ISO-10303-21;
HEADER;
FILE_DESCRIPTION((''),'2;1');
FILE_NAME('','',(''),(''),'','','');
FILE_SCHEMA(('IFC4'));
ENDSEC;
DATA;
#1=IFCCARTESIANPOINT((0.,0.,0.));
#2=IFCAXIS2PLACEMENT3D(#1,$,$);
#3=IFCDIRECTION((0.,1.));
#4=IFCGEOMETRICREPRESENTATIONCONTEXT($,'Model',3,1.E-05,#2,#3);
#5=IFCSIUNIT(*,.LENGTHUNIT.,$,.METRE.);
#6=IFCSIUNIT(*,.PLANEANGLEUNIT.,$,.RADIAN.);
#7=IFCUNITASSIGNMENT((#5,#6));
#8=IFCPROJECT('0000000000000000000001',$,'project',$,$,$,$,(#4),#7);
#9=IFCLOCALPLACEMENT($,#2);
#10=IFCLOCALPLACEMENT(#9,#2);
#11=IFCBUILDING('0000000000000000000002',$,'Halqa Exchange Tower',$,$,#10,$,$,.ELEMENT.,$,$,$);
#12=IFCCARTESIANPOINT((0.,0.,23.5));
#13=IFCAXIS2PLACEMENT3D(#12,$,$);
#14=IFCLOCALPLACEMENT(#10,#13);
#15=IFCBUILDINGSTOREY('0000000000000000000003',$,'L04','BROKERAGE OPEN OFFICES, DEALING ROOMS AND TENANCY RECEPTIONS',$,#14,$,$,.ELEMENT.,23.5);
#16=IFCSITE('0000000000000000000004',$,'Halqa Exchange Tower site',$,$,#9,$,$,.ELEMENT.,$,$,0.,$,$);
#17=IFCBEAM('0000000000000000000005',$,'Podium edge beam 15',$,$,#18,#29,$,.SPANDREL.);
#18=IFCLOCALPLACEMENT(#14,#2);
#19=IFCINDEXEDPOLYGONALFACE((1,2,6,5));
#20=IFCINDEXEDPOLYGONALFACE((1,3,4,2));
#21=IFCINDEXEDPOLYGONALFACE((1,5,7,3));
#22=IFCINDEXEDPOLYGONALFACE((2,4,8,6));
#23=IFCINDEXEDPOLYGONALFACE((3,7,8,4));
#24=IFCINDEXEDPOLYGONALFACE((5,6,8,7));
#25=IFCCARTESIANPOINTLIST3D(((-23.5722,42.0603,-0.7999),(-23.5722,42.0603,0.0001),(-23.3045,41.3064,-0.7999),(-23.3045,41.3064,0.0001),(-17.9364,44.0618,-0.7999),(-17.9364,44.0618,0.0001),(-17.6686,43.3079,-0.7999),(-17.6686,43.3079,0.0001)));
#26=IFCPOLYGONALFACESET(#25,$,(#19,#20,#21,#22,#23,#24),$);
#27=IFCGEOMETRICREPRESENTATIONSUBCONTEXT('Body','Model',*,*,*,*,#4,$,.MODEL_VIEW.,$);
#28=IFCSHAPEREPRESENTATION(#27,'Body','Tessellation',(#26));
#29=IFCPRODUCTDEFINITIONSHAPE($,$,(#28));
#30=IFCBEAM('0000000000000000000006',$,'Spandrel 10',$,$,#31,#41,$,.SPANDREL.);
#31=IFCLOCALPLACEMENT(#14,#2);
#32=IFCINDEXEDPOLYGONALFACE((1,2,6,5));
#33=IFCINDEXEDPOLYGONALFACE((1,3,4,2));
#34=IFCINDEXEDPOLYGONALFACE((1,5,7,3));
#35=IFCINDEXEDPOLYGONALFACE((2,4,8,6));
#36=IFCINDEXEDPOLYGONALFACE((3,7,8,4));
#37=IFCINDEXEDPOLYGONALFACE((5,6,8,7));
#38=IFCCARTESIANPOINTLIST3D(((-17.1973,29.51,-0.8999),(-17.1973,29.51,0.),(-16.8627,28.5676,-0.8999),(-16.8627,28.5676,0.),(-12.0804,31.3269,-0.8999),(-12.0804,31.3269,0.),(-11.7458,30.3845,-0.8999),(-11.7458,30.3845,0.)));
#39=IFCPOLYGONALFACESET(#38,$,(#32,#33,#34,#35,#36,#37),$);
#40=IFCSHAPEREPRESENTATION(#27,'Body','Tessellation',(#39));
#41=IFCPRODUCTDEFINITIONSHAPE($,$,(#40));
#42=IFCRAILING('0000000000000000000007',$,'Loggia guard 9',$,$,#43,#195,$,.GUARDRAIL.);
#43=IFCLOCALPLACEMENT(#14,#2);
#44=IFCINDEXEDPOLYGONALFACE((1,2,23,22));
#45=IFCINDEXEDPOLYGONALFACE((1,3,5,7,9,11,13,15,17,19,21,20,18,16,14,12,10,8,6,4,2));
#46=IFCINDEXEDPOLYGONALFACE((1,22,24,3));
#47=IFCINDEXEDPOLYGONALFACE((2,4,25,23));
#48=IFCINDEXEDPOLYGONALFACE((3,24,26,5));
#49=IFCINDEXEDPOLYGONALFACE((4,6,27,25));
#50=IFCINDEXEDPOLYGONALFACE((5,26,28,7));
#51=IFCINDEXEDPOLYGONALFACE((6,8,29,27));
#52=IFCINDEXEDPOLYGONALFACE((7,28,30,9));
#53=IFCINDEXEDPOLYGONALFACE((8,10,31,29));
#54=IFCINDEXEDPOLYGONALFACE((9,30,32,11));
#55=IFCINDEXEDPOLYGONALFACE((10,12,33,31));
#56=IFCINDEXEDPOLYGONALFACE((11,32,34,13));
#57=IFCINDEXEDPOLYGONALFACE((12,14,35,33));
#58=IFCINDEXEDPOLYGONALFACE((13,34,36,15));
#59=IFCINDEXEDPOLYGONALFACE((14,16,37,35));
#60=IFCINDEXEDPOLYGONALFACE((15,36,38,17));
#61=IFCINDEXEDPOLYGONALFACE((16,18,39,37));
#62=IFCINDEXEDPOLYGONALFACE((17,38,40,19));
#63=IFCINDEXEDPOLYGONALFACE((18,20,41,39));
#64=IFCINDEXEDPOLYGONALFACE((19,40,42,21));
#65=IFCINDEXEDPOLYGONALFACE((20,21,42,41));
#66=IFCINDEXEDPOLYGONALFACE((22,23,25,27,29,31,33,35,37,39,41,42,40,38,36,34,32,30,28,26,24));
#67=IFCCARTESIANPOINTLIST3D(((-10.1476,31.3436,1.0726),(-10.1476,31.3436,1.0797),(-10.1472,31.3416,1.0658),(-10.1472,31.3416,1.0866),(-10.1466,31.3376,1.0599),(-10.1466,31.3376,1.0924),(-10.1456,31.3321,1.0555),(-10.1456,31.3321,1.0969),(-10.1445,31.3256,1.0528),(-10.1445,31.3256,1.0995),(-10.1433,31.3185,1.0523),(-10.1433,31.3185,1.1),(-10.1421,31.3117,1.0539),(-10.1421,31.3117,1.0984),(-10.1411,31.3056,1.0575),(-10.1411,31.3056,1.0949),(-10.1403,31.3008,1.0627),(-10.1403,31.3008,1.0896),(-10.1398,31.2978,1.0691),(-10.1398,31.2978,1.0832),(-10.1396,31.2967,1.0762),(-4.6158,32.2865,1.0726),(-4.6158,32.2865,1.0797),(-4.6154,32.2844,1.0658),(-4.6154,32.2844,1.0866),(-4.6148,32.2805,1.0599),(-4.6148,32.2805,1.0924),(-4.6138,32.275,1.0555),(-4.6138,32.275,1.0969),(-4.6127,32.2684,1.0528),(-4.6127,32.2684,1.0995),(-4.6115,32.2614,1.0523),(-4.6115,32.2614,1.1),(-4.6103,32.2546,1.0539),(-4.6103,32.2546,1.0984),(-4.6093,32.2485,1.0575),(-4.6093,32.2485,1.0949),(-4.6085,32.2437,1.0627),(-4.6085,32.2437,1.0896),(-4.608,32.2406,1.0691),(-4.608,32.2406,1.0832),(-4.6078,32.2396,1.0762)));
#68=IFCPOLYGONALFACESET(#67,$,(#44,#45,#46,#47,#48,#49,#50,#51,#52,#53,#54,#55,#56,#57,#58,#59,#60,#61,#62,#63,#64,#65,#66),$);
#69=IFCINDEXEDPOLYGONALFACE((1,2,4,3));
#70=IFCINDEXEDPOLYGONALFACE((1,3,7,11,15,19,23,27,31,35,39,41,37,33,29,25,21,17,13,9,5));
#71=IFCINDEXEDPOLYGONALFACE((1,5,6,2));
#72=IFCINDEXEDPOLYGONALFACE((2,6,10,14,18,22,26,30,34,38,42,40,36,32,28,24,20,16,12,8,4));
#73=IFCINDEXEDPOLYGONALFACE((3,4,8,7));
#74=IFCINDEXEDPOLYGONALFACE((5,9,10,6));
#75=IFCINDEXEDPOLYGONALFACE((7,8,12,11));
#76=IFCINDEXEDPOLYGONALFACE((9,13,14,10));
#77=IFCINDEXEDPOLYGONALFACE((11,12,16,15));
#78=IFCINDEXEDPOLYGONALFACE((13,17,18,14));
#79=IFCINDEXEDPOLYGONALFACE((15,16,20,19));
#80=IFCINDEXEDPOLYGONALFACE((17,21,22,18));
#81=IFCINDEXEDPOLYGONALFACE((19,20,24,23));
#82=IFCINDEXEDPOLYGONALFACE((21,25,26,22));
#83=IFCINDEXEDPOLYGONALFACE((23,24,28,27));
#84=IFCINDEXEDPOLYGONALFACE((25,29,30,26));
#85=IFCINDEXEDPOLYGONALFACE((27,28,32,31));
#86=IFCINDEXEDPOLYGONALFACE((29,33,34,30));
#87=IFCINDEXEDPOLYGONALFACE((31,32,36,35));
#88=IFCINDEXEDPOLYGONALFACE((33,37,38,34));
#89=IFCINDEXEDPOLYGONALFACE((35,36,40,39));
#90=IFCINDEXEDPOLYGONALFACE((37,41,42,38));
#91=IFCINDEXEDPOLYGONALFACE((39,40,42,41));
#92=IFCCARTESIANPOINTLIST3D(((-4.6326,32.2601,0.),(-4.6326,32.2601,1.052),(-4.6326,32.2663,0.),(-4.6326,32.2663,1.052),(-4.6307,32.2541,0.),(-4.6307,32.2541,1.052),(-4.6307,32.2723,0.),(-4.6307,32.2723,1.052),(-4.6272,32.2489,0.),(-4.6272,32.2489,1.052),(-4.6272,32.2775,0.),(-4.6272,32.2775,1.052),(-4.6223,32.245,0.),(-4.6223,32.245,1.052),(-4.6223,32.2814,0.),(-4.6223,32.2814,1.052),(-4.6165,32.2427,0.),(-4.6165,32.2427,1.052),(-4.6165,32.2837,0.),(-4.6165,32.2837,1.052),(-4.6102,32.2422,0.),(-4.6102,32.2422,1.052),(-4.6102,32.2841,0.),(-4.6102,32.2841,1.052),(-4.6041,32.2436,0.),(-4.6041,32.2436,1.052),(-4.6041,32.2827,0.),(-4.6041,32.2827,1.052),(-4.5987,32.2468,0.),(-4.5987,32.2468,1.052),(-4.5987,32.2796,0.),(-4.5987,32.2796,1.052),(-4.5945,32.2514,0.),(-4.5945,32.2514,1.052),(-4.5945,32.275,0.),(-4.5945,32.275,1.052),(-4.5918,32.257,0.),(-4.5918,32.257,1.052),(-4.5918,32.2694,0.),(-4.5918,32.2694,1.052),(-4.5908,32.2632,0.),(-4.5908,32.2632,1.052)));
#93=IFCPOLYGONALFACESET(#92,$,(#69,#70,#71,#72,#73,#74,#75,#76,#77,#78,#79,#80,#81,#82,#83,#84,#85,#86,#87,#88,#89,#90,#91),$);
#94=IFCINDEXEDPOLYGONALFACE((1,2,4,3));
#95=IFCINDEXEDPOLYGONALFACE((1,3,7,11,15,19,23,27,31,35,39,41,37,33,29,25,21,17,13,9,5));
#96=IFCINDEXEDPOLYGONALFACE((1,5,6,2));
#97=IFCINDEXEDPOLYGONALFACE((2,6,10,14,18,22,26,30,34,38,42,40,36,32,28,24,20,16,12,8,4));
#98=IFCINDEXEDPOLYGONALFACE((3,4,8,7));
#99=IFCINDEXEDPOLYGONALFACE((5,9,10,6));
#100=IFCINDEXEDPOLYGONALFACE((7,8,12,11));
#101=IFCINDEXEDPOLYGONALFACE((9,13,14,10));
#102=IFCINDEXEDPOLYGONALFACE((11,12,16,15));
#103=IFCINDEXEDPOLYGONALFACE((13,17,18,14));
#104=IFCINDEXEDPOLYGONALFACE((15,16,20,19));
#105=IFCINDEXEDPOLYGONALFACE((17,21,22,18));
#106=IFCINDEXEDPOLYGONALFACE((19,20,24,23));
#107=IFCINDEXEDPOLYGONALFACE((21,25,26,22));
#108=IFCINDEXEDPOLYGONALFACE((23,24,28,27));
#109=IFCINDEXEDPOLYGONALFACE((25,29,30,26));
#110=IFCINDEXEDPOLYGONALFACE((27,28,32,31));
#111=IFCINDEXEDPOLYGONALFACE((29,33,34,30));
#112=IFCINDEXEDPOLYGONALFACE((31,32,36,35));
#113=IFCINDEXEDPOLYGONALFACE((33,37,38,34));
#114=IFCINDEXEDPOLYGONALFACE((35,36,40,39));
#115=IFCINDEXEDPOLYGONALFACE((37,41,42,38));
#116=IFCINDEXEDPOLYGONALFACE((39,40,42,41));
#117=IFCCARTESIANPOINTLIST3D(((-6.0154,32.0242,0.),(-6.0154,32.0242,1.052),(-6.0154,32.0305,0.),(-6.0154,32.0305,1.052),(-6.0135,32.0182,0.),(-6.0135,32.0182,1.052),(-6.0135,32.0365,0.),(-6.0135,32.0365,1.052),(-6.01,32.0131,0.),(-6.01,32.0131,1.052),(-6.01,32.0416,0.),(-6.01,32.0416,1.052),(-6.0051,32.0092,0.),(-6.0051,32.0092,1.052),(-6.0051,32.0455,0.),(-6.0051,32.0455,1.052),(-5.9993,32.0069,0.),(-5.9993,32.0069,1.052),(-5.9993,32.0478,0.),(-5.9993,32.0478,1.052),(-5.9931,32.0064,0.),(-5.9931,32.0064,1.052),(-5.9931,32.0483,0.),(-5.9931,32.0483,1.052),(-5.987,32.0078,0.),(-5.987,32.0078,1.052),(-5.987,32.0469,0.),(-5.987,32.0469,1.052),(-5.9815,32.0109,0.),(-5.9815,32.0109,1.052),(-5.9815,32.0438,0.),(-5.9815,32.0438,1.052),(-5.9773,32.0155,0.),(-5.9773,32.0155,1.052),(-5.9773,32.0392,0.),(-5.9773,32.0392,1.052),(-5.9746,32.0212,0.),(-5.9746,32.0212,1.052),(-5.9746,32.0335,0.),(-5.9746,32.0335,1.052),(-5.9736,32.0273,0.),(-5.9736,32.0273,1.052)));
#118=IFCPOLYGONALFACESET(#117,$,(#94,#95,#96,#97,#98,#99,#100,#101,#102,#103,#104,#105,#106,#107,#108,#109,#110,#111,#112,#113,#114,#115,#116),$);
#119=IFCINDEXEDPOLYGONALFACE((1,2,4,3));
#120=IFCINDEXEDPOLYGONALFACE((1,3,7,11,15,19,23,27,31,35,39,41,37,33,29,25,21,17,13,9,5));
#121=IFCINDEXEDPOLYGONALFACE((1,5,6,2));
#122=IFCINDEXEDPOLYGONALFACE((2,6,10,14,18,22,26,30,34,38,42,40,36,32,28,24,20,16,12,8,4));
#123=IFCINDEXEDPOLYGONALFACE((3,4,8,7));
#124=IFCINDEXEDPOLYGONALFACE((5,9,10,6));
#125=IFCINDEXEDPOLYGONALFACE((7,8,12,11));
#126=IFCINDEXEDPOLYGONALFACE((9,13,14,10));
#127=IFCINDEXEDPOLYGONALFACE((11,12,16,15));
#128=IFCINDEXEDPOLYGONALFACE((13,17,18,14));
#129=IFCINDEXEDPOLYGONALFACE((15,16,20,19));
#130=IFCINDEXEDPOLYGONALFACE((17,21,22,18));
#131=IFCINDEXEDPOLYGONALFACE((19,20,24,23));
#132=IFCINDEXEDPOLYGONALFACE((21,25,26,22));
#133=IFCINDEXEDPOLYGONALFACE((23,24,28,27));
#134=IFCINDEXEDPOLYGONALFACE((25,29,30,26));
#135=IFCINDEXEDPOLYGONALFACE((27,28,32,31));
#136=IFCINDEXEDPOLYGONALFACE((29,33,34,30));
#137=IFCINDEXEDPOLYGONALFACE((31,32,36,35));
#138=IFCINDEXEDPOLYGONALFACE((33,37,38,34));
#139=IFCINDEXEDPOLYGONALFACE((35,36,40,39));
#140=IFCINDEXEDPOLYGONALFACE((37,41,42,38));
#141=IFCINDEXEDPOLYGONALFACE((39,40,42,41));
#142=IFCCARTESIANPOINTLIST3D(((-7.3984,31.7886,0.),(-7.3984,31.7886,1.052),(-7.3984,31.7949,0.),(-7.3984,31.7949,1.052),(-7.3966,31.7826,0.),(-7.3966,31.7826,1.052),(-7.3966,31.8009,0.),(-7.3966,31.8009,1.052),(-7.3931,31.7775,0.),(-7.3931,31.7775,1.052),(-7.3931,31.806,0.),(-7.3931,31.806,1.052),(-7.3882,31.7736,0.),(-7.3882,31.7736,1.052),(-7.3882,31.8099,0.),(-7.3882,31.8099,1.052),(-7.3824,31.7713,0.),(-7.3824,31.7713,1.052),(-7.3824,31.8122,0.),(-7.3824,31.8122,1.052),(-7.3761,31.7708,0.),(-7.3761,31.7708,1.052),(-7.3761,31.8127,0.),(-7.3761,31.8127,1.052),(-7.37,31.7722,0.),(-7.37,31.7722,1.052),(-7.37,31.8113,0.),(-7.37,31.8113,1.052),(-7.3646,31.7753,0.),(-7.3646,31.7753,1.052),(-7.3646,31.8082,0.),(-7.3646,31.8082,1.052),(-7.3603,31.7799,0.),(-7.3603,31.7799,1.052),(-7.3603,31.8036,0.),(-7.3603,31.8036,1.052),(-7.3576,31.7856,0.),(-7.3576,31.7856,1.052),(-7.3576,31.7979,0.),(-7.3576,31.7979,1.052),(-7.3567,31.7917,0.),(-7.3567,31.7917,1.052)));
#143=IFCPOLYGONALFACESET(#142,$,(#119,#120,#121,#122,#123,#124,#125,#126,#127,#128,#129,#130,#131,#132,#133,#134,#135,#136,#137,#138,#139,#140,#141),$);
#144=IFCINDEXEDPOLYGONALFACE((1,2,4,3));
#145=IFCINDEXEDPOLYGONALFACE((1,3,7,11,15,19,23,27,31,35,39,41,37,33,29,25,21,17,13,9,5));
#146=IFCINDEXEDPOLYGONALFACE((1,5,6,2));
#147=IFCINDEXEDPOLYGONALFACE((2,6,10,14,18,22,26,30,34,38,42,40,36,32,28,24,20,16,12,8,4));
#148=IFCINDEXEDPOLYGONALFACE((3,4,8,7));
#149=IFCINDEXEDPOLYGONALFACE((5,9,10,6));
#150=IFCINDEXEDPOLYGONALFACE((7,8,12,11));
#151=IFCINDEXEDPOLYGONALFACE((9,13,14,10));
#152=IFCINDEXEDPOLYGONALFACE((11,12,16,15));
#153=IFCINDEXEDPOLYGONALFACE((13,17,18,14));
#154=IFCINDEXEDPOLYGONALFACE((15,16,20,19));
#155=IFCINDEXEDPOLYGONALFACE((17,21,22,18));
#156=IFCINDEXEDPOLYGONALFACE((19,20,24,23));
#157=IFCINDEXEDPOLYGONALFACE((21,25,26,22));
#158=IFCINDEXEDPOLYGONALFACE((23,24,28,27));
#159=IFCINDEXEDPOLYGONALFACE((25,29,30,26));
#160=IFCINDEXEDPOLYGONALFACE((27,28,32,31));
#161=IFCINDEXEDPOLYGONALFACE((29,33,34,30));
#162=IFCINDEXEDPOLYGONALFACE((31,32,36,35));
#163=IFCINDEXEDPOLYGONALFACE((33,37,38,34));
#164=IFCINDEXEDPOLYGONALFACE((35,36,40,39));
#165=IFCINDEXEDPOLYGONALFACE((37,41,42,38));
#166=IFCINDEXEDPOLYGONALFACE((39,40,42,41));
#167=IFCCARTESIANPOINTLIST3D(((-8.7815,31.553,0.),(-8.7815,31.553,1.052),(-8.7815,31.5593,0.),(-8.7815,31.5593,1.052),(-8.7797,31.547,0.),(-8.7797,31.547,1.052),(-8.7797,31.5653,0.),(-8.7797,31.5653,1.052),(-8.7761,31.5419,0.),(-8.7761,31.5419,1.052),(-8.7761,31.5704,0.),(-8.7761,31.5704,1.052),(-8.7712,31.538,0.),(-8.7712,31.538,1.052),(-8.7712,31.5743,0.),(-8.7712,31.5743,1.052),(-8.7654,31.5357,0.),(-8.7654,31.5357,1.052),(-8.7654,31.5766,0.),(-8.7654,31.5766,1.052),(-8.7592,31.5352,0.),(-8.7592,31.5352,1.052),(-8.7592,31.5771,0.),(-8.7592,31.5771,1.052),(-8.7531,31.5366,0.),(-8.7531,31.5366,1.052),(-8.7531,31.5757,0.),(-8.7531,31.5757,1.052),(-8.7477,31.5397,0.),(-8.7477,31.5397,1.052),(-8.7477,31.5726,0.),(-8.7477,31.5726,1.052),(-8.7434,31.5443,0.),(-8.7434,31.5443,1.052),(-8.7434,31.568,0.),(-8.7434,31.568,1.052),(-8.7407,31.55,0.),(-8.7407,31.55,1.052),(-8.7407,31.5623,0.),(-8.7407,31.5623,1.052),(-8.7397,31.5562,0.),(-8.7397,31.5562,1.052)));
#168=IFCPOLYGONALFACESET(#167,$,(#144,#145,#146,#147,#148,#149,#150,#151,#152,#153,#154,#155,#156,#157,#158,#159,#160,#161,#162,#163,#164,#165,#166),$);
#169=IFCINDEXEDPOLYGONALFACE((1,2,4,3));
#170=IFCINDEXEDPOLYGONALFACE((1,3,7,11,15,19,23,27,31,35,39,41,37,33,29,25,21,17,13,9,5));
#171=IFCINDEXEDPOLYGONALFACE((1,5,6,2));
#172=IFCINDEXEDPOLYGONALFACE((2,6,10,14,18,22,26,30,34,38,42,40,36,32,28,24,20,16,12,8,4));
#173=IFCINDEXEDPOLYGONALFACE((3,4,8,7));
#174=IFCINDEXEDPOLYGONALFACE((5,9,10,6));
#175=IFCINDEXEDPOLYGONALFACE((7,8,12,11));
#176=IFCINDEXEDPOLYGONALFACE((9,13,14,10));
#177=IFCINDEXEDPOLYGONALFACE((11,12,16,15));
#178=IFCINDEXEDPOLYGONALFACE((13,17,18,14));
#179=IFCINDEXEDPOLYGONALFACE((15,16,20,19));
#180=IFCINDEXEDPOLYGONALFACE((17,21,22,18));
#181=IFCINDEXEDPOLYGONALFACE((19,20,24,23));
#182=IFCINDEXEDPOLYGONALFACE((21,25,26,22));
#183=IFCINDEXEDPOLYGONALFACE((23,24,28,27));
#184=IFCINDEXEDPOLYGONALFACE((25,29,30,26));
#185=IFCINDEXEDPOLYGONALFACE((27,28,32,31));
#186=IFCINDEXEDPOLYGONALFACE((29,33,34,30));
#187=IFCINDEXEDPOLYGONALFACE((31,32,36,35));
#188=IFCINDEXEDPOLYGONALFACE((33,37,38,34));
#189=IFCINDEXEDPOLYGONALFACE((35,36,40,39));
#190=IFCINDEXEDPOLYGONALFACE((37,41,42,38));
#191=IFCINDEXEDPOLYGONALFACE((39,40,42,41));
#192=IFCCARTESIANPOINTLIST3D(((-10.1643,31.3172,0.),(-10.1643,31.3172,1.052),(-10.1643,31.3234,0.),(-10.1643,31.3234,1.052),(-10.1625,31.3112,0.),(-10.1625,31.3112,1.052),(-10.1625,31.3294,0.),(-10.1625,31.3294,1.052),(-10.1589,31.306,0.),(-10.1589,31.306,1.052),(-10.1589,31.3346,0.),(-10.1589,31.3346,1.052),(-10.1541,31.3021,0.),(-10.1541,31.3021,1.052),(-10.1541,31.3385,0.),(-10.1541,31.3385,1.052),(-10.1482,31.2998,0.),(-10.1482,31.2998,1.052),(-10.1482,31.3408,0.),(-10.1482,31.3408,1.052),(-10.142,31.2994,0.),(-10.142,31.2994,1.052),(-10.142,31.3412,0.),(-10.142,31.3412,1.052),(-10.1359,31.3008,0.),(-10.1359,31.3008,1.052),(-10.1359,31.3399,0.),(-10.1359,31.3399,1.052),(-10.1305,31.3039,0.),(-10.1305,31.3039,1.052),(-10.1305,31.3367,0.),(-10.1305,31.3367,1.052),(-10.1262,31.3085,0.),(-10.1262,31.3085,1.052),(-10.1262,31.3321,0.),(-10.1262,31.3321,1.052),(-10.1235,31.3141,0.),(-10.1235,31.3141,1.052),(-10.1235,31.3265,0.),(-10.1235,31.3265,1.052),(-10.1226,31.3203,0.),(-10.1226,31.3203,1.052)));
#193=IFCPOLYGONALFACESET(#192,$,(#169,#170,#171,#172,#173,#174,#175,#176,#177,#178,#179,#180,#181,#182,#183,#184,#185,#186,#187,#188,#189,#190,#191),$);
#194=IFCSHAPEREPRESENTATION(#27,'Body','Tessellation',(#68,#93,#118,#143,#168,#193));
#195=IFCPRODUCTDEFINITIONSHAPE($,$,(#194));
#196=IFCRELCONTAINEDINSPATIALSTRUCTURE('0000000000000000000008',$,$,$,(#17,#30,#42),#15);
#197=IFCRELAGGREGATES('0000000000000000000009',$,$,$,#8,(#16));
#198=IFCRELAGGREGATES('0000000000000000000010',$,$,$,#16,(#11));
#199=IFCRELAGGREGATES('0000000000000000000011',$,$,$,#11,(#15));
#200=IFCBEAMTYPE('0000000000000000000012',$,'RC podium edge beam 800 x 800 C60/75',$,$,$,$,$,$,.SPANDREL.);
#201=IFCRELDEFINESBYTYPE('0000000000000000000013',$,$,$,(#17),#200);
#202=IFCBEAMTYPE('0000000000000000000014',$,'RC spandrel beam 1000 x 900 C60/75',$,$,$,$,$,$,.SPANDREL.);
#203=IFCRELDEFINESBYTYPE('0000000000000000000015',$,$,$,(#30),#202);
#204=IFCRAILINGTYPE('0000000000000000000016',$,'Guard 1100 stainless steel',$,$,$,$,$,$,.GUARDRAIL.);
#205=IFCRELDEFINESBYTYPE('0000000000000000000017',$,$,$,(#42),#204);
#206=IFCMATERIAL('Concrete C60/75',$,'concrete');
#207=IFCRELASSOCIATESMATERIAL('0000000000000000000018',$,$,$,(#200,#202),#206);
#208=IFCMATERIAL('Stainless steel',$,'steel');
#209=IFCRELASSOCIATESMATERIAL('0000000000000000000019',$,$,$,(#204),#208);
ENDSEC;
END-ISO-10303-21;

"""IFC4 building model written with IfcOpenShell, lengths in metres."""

from ifc_helpers import new_model, si_unit, direction, frame, origin, origin_2d, place, context, subcontext, project, spatial, rectangle, circle, extrude, material, material_profile, profile_set, type_object, element, save


model = new_model("IFC4")

# Units and contexts
model_context = context("Model", 3, precision=1e-05, world=origin(), true_north=direction((0.0, 1.0)))
body_context = subcontext(model_context, "Body", "Model", "MODEL_VIEW")
ifc_project = project(units=[si_unit("LENGTHUNIT", "METRE"), si_unit("PLANEANGLEUNIT", "RADIAN")], contexts=[model_context])

# Site, building, storey
site_placement = place(None, origin())
site = spatial("IfcSite", under=ifc_project, at=site_placement, Name="Halqa Exchange Tower site", CompositionType="ELEMENT", RefElevation=0.0)
building_placement = place(site_placement, origin())
building = spatial("IfcBuilding", under=site, at=building_placement, Name="Halqa Exchange Tower", CompositionType="ELEMENT")
storey_placement = place(building_placement, frame((0.0, 0.0, 23.5)))
storey = spatial("IfcBuildingStorey", under=building, at=storey_placement, Name="L04", Description="BROKERAGE OPEN OFFICES, DEALING ROOMS AND TENANCY RECEPTIONS", CompositionType="ELEMENT", Elevation=23.5)

# Beams
ifc_material_1 = material(Name="Concrete C60/75", Category="concrete")
ifc_material_profile_1 = material_profile(ifc_material_1, rectangle(XDim=0.8, YDim=0.8, at=origin_2d()), Name="800 x 800")
ifc_profile_set_1 = profile_set([ifc_material_profile_1], Name="Concrete C60/75")
beam_type_1 = type_object("IfcBeamType", Name="RC podium edge beam 800 x 800 C60/75", PredefinedType="SPANDREL", material=ifc_profile_set_1)
beam_1_placement = place(storey_placement, frame((-17.8025, 43.6848, -0.3999), z_axis=(-0.942343, -0.334647, 0.0), x_axis=(0.334647, -0.942343, 0.0)))
element("IfcBeam", 1, at=beam_1_placement, inside=storey, type_object=beam_type_1, Name="Podium edge beam 15", PredefinedType="SPANDREL", context=body_context, shape_type="SweptSolid", body=[
    extrude(rectangle(XDim=0.8, YDim=0.8, at=origin_2d()), origin(), (0.0, 0.0, 1.0), 5.9807),
])
ifc_material_profile_2 = material_profile(ifc_material_1, rectangle(XDim=1.0, YDim=0.8999, at=origin_2d()), Name="1000 x 900")
ifc_profile_set_2 = profile_set([ifc_material_profile_2], Name="Concrete C60/75")
beam_type_2 = type_object("IfcBeamType", Name="RC spandrel beam 1000 x 900 C60/75", PredefinedType="SPANDREL", material=ifc_profile_set_2)
beam_2_placement = place(storey_placement, frame((-11.9131, 30.8557, -0.45), z_axis=(-0.942358, -0.334607, 0.0), x_axis=(0.334607, -0.942358, 0.0)))
element("IfcBeam", 2, at=beam_2_placement, inside=storey, type_object=beam_type_2, Name="Spandrel 10", PredefinedType="SPANDREL", context=body_context, shape_type="SweptSolid", body=[
    extrude(rectangle(XDim=1.0, YDim=0.8999, at=origin_2d()), origin(), (0.0, 0.0, 1.0), 5.4299),
])

# Railing
ifc_material_2 = material(Name="Stainless steel", Category="steel")
railing_type = type_object("IfcRailingType", Name="Guard 1100 stainless steel", PredefinedType="GUARDRAIL", material=ifc_material_2)
railing_1_placement = place(storey_placement, frame((-4.6118, 32.2632, 0.0)))
element("IfcRailing", 3, at=railing_1_placement, inside=storey, type_object=railing_type, Name="Loggia guard 9", PredefinedType="GUARDRAIL", context=body_context, shape_type="SweptSolid", body=[
    extrude(circle(Radius=0.0239, at=origin_2d()), frame((0.0, 0.0, 1.0762), z_axis=(-0.985783, -0.168024, 0.0), x_axis=(0.168024, -0.985783, 0.0)), (0.0, 0.0, 1.0), 5.6116),
    extrude(circle(Radius=0.021, at=origin_2d()), origin(), (0.0, 0.0, 1.0), 1.052),
    extrude(circle(Radius=0.021, at=origin_2d()), frame((-1.3828, -0.2358, 0.0)), (0.0, 0.0, 1.0), 1.052),
    extrude(circle(Radius=0.021, at=origin_2d()), frame((-2.7659, -0.4714, 0.0)), (0.0, 0.0, 1.0), 1.052),
    extrude(circle(Radius=0.021, at=origin_2d()), frame((-4.1489, -0.707, 0.0)), (0.0, 0.0, 1.0), 1.052),
    extrude(circle(Radius=0.021, at=origin_2d()), frame((-5.5317, -0.9429, 0.0)), (0.0, 0.0, 1.0), 1.052),
])

save(model, "model.ifc")
